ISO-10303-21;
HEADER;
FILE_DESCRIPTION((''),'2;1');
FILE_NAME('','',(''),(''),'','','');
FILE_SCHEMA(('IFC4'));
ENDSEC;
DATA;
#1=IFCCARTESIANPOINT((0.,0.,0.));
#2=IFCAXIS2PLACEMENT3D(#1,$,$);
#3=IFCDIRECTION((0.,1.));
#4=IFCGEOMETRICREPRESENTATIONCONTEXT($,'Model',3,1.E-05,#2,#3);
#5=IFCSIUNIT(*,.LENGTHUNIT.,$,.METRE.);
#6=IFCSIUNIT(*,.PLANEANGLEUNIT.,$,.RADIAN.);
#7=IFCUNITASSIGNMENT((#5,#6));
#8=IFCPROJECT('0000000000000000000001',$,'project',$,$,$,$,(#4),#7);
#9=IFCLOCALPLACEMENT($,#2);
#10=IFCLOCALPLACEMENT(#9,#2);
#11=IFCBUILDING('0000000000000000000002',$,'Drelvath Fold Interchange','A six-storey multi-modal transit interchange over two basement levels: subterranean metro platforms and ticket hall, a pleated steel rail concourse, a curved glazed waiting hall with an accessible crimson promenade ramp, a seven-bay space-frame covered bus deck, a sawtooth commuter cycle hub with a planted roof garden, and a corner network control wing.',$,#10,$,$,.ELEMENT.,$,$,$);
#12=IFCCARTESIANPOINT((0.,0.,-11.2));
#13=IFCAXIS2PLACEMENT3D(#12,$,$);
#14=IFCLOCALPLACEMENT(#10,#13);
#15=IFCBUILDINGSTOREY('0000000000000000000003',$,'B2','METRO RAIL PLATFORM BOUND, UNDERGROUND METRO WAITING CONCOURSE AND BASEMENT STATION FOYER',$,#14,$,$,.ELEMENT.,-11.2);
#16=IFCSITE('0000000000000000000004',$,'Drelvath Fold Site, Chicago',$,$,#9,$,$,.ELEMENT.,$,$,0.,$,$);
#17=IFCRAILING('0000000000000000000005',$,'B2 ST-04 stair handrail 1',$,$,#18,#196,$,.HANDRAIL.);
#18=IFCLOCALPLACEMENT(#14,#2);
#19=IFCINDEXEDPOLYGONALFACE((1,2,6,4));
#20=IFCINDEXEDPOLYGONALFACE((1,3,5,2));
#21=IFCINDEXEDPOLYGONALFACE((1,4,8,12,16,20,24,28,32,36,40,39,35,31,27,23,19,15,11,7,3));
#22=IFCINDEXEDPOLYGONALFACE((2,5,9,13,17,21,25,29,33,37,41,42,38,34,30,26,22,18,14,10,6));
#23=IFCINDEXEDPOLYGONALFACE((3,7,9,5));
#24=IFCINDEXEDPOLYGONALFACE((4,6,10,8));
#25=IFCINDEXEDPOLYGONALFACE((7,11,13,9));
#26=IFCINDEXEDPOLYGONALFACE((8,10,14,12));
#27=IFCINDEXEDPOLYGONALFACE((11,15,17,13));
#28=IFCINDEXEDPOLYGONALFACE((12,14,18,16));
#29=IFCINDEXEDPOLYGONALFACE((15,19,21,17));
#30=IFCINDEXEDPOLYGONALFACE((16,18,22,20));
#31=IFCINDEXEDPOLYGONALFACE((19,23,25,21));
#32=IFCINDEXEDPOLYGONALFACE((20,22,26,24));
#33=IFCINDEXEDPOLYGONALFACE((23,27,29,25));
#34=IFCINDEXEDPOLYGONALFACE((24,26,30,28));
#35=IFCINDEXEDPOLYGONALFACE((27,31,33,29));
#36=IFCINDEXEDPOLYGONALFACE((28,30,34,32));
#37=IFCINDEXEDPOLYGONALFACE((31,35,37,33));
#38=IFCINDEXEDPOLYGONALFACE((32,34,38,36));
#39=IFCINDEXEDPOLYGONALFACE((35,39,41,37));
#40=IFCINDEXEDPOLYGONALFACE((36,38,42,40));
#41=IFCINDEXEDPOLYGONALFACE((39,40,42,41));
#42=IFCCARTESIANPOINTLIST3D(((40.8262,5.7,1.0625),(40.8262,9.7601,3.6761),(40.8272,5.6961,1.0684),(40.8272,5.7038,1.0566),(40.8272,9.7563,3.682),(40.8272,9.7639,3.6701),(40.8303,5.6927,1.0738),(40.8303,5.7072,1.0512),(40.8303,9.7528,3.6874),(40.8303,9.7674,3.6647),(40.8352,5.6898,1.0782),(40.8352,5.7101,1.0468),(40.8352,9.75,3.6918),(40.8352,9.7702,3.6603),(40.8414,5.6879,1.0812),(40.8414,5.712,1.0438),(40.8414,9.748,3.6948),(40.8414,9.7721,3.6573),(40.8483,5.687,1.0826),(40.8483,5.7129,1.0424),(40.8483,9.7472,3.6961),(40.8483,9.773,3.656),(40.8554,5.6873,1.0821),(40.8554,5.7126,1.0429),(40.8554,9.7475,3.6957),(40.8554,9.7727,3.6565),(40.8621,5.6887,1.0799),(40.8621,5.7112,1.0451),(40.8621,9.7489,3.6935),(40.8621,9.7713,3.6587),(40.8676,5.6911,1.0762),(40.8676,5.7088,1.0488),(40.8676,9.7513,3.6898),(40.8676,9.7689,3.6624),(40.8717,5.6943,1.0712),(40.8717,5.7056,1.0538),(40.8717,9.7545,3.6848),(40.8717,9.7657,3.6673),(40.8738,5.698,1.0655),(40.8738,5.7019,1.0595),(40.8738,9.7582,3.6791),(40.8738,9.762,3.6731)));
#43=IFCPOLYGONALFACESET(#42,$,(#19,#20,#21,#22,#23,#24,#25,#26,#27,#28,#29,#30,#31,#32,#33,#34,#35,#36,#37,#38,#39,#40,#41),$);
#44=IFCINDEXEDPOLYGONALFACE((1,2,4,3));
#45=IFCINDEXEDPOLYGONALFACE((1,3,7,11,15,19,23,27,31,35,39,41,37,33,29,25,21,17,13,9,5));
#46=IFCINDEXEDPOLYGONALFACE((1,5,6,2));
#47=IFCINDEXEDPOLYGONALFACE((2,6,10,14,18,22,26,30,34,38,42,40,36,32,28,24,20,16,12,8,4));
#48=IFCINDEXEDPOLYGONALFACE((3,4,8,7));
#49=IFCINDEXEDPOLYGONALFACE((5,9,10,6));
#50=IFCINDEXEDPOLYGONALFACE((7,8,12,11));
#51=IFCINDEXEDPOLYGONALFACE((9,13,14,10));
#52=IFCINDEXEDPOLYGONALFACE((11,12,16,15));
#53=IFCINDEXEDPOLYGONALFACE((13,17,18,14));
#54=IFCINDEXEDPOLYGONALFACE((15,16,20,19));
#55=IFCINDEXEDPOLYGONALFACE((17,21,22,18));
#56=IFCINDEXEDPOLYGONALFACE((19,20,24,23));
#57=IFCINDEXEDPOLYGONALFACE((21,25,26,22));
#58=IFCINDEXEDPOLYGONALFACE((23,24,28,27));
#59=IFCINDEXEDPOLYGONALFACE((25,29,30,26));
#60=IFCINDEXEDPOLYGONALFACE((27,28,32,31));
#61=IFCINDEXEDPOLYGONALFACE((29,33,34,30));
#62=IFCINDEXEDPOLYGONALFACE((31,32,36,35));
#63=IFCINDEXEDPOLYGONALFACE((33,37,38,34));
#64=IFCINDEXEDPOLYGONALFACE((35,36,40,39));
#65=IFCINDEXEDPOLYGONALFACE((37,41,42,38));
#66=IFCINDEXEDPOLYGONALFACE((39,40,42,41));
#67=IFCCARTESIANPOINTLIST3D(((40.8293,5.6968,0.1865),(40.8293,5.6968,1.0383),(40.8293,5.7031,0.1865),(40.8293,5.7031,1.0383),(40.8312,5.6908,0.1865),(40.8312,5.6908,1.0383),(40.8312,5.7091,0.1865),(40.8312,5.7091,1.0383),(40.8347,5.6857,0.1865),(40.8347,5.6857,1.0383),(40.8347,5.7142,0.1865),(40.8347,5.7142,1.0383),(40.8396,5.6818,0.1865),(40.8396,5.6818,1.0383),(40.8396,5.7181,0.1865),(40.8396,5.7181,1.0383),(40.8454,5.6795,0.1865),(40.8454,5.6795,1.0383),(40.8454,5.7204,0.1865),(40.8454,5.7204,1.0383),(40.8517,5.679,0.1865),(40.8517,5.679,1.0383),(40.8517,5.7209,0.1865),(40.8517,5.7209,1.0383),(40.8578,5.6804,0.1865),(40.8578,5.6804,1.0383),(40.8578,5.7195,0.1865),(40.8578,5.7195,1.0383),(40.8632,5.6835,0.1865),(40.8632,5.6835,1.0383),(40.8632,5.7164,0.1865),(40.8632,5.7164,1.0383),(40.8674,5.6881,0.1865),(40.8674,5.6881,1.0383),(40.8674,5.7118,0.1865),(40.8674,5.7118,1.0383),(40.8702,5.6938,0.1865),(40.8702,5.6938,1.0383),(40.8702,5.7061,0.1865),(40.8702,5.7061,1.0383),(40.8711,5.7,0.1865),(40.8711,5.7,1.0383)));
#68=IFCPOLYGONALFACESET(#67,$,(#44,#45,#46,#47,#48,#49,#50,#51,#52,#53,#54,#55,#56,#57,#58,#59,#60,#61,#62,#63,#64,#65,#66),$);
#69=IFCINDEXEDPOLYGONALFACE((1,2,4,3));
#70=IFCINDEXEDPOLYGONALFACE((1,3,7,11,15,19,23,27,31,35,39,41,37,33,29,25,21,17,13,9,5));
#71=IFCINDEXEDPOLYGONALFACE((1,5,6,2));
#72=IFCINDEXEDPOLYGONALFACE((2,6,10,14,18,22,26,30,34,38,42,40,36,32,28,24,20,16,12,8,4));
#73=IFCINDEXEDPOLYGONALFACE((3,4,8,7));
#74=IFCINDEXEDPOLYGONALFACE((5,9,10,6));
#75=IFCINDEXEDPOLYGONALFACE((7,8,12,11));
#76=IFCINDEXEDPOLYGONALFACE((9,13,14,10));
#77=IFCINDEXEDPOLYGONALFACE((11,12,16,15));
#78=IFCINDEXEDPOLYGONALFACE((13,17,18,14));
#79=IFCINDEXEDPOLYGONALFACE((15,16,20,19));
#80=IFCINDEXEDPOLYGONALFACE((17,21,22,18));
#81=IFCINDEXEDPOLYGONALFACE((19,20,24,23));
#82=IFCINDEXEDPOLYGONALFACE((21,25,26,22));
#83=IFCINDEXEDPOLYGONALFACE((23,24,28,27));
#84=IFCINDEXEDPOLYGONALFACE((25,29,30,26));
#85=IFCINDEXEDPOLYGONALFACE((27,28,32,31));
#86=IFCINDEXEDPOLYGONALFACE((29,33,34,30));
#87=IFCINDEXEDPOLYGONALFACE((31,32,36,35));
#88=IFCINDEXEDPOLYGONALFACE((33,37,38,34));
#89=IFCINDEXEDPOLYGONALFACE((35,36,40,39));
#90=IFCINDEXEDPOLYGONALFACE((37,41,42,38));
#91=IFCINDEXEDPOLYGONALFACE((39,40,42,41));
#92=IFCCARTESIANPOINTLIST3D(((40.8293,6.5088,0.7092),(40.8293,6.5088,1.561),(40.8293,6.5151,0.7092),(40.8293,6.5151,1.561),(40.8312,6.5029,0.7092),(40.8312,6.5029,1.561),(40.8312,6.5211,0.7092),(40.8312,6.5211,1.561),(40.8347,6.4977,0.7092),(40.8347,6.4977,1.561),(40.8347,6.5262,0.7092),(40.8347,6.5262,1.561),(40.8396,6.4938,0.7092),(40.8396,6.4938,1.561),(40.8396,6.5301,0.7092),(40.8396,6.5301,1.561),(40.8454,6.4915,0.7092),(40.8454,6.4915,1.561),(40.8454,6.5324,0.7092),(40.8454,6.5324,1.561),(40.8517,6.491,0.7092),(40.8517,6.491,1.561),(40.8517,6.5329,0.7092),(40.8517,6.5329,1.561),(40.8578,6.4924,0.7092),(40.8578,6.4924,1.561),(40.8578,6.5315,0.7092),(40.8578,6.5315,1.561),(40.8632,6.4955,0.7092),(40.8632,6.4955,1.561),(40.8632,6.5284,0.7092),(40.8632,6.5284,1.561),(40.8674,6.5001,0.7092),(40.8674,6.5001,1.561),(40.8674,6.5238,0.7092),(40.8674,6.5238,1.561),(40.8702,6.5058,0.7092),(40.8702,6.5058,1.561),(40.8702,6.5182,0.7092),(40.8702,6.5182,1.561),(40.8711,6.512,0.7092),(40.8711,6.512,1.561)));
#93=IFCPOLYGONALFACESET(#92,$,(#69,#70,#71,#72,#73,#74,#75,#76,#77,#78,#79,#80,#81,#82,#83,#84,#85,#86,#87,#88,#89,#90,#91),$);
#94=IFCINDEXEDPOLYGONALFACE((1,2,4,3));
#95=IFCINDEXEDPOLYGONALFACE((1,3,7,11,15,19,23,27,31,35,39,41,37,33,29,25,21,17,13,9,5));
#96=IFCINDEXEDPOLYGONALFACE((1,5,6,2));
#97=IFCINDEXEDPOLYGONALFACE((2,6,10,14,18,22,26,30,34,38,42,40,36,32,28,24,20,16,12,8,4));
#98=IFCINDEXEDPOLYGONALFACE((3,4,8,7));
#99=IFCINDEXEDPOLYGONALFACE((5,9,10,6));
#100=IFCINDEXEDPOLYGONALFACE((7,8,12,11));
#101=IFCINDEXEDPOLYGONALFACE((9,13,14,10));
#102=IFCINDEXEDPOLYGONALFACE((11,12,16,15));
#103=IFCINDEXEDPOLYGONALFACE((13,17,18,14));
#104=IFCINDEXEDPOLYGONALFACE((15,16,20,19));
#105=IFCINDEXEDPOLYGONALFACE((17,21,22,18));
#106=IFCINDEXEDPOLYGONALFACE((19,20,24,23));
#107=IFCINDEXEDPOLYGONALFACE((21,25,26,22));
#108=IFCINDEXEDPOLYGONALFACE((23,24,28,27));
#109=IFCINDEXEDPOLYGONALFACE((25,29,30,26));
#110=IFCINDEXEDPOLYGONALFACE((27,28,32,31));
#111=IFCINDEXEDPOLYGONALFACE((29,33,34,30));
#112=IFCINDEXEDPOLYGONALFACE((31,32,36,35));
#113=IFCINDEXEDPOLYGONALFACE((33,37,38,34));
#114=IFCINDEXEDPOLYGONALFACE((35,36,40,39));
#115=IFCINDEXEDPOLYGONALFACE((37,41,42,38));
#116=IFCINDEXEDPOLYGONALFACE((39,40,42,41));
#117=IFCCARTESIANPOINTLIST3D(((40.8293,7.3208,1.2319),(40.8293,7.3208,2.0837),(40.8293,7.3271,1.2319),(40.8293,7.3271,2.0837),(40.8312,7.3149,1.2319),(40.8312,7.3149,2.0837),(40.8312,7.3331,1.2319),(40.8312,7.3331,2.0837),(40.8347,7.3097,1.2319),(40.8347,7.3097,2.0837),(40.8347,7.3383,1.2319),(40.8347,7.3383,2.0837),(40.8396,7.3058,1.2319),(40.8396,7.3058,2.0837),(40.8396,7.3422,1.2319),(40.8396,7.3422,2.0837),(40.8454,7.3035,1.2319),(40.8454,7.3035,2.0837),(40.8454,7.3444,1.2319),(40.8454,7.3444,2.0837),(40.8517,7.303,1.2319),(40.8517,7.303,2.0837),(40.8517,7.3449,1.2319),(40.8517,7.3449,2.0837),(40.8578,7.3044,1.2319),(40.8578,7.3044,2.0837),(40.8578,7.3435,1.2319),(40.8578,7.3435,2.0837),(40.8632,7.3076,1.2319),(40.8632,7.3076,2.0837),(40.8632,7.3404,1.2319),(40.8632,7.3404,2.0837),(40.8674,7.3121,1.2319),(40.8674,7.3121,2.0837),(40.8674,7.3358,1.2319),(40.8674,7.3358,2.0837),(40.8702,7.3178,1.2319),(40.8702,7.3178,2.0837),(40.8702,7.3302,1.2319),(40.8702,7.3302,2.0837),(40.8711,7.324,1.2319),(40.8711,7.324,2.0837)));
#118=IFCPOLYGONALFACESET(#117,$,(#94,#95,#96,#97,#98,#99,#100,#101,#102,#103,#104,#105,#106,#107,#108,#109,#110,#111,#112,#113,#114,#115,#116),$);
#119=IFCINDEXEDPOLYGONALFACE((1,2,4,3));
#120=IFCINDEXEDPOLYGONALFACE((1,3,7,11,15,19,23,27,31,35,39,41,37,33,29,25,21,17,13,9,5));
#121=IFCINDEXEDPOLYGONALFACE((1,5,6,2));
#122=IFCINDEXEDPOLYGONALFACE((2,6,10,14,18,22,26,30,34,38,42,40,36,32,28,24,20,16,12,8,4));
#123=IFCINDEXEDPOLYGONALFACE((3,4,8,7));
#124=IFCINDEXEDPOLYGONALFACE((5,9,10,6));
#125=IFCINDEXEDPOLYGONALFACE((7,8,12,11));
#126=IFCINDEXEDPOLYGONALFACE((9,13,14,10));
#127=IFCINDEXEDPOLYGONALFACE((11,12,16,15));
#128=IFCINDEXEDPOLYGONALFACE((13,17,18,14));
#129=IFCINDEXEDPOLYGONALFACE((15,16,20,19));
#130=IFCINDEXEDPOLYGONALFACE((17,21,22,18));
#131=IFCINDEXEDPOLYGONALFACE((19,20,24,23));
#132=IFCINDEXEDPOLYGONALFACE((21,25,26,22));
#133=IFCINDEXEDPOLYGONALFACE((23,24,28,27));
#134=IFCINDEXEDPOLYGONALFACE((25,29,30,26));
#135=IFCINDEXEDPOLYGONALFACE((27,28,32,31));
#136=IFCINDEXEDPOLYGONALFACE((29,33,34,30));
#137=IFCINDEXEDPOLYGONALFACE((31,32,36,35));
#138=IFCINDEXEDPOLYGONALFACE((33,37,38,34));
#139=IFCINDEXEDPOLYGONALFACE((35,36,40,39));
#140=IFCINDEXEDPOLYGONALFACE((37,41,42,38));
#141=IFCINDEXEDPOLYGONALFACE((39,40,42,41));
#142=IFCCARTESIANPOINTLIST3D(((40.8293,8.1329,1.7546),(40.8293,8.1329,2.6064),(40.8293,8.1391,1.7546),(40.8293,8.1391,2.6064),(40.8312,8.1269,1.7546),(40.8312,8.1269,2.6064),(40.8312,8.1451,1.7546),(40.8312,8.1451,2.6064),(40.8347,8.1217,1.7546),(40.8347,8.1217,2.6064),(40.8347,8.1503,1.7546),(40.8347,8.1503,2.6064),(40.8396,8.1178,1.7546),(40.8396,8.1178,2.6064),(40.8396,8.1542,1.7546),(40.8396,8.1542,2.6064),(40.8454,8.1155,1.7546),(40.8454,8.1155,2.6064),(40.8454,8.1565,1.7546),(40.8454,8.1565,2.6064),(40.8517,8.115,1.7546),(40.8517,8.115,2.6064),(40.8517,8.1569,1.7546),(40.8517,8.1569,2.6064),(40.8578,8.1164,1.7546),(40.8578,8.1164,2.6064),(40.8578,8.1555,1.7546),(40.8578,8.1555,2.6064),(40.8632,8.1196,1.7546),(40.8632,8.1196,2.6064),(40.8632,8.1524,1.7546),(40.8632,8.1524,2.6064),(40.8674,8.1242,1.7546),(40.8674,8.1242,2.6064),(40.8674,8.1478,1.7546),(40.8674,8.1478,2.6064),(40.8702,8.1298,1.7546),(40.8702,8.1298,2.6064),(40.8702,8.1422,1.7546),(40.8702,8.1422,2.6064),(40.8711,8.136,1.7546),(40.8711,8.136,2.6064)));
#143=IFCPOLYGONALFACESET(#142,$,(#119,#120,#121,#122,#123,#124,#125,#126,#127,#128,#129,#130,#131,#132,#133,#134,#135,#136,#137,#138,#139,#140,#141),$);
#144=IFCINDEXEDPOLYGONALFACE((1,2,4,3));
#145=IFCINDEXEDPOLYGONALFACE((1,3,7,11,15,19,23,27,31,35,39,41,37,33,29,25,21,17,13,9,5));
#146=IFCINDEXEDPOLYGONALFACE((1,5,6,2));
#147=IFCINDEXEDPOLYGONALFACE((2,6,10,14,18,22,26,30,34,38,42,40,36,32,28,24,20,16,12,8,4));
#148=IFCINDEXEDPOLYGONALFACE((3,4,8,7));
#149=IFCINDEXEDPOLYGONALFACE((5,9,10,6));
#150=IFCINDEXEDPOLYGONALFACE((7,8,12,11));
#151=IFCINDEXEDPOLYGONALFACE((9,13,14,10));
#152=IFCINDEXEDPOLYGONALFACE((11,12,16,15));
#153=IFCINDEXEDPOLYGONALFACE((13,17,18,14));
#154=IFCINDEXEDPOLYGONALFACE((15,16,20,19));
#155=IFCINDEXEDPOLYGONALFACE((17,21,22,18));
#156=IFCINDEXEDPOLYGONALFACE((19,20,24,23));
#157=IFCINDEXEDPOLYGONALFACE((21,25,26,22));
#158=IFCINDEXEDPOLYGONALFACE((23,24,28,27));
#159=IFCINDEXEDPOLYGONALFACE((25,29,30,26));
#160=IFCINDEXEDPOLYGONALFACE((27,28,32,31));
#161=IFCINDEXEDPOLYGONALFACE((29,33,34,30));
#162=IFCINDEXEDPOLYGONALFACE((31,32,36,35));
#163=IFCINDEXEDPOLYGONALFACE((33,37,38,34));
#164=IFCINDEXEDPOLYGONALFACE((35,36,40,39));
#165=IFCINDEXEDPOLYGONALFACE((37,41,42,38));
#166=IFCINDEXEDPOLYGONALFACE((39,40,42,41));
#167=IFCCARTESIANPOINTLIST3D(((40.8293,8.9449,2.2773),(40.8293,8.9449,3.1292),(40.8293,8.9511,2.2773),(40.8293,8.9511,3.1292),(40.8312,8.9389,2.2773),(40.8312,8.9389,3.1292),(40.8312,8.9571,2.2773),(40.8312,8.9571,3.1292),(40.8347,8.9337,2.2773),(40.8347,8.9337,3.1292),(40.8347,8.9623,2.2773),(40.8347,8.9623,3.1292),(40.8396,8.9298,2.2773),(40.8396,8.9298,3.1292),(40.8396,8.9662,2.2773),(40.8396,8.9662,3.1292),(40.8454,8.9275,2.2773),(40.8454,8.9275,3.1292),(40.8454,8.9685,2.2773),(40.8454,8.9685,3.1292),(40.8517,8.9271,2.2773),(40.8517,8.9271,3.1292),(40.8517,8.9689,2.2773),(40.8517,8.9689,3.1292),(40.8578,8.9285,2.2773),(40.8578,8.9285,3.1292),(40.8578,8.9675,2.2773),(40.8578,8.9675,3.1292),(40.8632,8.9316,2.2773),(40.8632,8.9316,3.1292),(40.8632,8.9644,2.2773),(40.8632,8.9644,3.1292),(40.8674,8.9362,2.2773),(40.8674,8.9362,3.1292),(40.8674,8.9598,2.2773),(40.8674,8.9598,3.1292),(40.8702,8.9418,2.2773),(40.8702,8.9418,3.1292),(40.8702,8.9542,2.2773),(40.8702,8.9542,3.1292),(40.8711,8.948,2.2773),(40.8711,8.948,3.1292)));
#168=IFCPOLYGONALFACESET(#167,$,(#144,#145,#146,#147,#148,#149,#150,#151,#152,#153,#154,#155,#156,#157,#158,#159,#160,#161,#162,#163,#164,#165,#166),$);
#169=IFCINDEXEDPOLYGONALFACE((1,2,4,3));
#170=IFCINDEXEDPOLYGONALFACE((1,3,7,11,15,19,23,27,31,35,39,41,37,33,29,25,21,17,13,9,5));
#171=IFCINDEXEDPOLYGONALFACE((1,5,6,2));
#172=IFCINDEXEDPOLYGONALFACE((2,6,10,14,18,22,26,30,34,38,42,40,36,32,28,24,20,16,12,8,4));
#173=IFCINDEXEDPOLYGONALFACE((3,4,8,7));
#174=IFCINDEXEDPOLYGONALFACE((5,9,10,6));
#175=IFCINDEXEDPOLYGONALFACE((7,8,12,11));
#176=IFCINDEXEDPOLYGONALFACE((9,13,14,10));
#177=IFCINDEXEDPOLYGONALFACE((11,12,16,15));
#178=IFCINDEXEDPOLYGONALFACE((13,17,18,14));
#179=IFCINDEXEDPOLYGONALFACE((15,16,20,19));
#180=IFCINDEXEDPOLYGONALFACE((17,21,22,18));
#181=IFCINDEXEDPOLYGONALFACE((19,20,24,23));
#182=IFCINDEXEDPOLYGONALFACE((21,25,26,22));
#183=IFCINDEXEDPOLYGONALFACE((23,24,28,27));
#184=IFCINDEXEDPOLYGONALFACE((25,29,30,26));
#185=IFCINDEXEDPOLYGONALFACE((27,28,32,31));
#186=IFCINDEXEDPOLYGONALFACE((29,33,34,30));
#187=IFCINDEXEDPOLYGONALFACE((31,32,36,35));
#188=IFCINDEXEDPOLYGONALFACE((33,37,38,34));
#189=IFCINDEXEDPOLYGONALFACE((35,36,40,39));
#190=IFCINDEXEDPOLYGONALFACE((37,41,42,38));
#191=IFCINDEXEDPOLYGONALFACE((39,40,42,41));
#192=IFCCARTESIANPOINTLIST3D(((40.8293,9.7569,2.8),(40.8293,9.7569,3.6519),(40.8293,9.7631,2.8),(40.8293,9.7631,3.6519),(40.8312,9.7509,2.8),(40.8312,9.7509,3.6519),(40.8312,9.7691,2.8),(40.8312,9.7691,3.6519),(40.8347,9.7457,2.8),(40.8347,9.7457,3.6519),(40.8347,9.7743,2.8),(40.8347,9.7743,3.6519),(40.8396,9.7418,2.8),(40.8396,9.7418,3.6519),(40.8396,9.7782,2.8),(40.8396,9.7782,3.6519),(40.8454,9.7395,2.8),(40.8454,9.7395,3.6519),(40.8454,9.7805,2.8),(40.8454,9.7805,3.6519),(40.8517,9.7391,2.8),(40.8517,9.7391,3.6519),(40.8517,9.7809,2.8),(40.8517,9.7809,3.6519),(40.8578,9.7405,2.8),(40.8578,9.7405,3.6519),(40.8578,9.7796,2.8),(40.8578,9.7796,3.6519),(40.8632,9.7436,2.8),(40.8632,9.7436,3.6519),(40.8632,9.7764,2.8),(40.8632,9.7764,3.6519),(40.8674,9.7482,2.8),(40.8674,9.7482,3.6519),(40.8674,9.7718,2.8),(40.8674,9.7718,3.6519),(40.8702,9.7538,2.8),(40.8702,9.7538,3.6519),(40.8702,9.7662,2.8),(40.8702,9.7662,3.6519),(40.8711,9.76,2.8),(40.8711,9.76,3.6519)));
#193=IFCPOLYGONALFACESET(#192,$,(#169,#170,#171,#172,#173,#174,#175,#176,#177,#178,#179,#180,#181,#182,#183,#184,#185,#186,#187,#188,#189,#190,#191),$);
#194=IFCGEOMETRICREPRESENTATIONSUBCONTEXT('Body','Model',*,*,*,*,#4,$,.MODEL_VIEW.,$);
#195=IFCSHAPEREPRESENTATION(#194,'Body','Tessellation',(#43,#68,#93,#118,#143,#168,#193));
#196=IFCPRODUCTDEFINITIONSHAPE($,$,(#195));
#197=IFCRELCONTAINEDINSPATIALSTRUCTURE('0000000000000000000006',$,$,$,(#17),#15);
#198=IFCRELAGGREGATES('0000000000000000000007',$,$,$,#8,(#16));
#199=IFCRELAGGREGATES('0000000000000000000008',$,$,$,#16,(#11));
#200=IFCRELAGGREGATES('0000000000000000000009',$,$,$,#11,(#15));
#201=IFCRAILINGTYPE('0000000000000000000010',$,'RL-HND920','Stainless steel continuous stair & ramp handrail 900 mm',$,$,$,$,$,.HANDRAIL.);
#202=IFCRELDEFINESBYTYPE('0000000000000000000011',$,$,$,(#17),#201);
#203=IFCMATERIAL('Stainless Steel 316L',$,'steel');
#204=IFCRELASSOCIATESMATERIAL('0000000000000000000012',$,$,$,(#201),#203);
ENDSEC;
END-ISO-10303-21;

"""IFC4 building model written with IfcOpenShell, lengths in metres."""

from ifc_helpers import new_model, si_unit, direction, frame, origin, origin_2d, place, context, subcontext, project, spatial, circle, extrude, material, type_object, element, save


model = new_model("IFC4")

# Units and contexts
model_context = context("Model", 3, precision=1e-05, world=origin(), true_north=direction((0.0, 1.0)))
body_context = subcontext(model_context, "Body", "Model", "MODEL_VIEW")
ifc_project = project(units=[si_unit("LENGTHUNIT", "METRE"), si_unit("PLANEANGLEUNIT", "RADIAN")], contexts=[model_context])

# Site, building, storey
site_placement = place(None, origin())
site = spatial("IfcSite", under=ifc_project, at=site_placement, Name="Drelvath Fold Site, Chicago", CompositionType="ELEMENT", RefElevation=0.0)
building_placement = place(site_placement, origin())
building = spatial("IfcBuilding", under=site, at=building_placement, Name="Drelvath Fold Interchange", Description="A six-storey multi-modal transit interchange over two basement levels: subterranean metro platforms and ticket hall, a pleated steel rail concourse, a curved glazed waiting hall with an accessible crimson promenade ramp, a seven-bay space-frame covered bus deck, a sawtooth commuter cycle hub with a planted roof garden, and a corner network control wing.", CompositionType="ELEMENT")
storey_placement = place(building_placement, frame((0.0, 0.0, -11.2)))
storey = spatial("IfcBuildingStorey", under=building, at=storey_placement, Name="B2", Description="METRO RAIL PLATFORM BOUND, UNDERGROUND METRO WAITING CONCOURSE AND BASEMENT STATION FOYER", CompositionType="ELEMENT", Elevation=-11.2)

# Railing
ifc_material_1 = material(Name="Stainless Steel 316L", Category="steel")
railing_type_1 = type_object("IfcRailingType", Name="RL-HND920", Description="Stainless steel continuous stair & ramp handrail 900 mm", PredefinedType="HANDRAIL", material=ifc_material_1)
railing_1_placement = place(storey_placement, frame((40.8501, 5.7, 0.1865)))
element("IfcRailing", 1, at=railing_1_placement, inside=storey, type_object=railing_type_1, Name="B2 ST-04 stair handrail 1", PredefinedType="HANDRAIL", context=body_context, shape_type="SweptSolid", body=[
    extrude(circle(Radius=0.0239, at=origin_2d()), frame((0.0, 0.0, 0.876), z_axis=(0.0, 0.84085, 0.541269), x_axis=(-1.0, 0.0, 0.0)), (0.0, 0.0, 1.0), 4.8286),
    extrude(circle(Radius=0.021, at=origin_2d()), origin(), (0.0, 0.0, 1.0), 0.8518),
    extrude(circle(Radius=0.021, at=origin_2d()), frame((0.0, 0.812, 0.5227)), (0.0, 0.0, 1.0), 0.8518),
    extrude(circle(Radius=0.021, at=origin_2d()), frame((0.0, 1.624, 1.0454)), (0.0, 0.0, 1.0), 0.8518),
    extrude(circle(Radius=0.021, at=origin_2d()), frame((0.0, 2.436, 1.5681)), (0.0, 0.0, 1.0), 0.8518),
    extrude(circle(Radius=0.021, at=origin_2d()), frame((0.0, 3.248, 2.0908)), (0.0, 0.0, 1.0), 0.8518),
    extrude(circle(Radius=0.021, at=origin_2d()), frame((0.0, 4.0601, 2.6135)), (0.0, 0.0, 1.0), 0.8518),
])

save(model, "model.ifc")
